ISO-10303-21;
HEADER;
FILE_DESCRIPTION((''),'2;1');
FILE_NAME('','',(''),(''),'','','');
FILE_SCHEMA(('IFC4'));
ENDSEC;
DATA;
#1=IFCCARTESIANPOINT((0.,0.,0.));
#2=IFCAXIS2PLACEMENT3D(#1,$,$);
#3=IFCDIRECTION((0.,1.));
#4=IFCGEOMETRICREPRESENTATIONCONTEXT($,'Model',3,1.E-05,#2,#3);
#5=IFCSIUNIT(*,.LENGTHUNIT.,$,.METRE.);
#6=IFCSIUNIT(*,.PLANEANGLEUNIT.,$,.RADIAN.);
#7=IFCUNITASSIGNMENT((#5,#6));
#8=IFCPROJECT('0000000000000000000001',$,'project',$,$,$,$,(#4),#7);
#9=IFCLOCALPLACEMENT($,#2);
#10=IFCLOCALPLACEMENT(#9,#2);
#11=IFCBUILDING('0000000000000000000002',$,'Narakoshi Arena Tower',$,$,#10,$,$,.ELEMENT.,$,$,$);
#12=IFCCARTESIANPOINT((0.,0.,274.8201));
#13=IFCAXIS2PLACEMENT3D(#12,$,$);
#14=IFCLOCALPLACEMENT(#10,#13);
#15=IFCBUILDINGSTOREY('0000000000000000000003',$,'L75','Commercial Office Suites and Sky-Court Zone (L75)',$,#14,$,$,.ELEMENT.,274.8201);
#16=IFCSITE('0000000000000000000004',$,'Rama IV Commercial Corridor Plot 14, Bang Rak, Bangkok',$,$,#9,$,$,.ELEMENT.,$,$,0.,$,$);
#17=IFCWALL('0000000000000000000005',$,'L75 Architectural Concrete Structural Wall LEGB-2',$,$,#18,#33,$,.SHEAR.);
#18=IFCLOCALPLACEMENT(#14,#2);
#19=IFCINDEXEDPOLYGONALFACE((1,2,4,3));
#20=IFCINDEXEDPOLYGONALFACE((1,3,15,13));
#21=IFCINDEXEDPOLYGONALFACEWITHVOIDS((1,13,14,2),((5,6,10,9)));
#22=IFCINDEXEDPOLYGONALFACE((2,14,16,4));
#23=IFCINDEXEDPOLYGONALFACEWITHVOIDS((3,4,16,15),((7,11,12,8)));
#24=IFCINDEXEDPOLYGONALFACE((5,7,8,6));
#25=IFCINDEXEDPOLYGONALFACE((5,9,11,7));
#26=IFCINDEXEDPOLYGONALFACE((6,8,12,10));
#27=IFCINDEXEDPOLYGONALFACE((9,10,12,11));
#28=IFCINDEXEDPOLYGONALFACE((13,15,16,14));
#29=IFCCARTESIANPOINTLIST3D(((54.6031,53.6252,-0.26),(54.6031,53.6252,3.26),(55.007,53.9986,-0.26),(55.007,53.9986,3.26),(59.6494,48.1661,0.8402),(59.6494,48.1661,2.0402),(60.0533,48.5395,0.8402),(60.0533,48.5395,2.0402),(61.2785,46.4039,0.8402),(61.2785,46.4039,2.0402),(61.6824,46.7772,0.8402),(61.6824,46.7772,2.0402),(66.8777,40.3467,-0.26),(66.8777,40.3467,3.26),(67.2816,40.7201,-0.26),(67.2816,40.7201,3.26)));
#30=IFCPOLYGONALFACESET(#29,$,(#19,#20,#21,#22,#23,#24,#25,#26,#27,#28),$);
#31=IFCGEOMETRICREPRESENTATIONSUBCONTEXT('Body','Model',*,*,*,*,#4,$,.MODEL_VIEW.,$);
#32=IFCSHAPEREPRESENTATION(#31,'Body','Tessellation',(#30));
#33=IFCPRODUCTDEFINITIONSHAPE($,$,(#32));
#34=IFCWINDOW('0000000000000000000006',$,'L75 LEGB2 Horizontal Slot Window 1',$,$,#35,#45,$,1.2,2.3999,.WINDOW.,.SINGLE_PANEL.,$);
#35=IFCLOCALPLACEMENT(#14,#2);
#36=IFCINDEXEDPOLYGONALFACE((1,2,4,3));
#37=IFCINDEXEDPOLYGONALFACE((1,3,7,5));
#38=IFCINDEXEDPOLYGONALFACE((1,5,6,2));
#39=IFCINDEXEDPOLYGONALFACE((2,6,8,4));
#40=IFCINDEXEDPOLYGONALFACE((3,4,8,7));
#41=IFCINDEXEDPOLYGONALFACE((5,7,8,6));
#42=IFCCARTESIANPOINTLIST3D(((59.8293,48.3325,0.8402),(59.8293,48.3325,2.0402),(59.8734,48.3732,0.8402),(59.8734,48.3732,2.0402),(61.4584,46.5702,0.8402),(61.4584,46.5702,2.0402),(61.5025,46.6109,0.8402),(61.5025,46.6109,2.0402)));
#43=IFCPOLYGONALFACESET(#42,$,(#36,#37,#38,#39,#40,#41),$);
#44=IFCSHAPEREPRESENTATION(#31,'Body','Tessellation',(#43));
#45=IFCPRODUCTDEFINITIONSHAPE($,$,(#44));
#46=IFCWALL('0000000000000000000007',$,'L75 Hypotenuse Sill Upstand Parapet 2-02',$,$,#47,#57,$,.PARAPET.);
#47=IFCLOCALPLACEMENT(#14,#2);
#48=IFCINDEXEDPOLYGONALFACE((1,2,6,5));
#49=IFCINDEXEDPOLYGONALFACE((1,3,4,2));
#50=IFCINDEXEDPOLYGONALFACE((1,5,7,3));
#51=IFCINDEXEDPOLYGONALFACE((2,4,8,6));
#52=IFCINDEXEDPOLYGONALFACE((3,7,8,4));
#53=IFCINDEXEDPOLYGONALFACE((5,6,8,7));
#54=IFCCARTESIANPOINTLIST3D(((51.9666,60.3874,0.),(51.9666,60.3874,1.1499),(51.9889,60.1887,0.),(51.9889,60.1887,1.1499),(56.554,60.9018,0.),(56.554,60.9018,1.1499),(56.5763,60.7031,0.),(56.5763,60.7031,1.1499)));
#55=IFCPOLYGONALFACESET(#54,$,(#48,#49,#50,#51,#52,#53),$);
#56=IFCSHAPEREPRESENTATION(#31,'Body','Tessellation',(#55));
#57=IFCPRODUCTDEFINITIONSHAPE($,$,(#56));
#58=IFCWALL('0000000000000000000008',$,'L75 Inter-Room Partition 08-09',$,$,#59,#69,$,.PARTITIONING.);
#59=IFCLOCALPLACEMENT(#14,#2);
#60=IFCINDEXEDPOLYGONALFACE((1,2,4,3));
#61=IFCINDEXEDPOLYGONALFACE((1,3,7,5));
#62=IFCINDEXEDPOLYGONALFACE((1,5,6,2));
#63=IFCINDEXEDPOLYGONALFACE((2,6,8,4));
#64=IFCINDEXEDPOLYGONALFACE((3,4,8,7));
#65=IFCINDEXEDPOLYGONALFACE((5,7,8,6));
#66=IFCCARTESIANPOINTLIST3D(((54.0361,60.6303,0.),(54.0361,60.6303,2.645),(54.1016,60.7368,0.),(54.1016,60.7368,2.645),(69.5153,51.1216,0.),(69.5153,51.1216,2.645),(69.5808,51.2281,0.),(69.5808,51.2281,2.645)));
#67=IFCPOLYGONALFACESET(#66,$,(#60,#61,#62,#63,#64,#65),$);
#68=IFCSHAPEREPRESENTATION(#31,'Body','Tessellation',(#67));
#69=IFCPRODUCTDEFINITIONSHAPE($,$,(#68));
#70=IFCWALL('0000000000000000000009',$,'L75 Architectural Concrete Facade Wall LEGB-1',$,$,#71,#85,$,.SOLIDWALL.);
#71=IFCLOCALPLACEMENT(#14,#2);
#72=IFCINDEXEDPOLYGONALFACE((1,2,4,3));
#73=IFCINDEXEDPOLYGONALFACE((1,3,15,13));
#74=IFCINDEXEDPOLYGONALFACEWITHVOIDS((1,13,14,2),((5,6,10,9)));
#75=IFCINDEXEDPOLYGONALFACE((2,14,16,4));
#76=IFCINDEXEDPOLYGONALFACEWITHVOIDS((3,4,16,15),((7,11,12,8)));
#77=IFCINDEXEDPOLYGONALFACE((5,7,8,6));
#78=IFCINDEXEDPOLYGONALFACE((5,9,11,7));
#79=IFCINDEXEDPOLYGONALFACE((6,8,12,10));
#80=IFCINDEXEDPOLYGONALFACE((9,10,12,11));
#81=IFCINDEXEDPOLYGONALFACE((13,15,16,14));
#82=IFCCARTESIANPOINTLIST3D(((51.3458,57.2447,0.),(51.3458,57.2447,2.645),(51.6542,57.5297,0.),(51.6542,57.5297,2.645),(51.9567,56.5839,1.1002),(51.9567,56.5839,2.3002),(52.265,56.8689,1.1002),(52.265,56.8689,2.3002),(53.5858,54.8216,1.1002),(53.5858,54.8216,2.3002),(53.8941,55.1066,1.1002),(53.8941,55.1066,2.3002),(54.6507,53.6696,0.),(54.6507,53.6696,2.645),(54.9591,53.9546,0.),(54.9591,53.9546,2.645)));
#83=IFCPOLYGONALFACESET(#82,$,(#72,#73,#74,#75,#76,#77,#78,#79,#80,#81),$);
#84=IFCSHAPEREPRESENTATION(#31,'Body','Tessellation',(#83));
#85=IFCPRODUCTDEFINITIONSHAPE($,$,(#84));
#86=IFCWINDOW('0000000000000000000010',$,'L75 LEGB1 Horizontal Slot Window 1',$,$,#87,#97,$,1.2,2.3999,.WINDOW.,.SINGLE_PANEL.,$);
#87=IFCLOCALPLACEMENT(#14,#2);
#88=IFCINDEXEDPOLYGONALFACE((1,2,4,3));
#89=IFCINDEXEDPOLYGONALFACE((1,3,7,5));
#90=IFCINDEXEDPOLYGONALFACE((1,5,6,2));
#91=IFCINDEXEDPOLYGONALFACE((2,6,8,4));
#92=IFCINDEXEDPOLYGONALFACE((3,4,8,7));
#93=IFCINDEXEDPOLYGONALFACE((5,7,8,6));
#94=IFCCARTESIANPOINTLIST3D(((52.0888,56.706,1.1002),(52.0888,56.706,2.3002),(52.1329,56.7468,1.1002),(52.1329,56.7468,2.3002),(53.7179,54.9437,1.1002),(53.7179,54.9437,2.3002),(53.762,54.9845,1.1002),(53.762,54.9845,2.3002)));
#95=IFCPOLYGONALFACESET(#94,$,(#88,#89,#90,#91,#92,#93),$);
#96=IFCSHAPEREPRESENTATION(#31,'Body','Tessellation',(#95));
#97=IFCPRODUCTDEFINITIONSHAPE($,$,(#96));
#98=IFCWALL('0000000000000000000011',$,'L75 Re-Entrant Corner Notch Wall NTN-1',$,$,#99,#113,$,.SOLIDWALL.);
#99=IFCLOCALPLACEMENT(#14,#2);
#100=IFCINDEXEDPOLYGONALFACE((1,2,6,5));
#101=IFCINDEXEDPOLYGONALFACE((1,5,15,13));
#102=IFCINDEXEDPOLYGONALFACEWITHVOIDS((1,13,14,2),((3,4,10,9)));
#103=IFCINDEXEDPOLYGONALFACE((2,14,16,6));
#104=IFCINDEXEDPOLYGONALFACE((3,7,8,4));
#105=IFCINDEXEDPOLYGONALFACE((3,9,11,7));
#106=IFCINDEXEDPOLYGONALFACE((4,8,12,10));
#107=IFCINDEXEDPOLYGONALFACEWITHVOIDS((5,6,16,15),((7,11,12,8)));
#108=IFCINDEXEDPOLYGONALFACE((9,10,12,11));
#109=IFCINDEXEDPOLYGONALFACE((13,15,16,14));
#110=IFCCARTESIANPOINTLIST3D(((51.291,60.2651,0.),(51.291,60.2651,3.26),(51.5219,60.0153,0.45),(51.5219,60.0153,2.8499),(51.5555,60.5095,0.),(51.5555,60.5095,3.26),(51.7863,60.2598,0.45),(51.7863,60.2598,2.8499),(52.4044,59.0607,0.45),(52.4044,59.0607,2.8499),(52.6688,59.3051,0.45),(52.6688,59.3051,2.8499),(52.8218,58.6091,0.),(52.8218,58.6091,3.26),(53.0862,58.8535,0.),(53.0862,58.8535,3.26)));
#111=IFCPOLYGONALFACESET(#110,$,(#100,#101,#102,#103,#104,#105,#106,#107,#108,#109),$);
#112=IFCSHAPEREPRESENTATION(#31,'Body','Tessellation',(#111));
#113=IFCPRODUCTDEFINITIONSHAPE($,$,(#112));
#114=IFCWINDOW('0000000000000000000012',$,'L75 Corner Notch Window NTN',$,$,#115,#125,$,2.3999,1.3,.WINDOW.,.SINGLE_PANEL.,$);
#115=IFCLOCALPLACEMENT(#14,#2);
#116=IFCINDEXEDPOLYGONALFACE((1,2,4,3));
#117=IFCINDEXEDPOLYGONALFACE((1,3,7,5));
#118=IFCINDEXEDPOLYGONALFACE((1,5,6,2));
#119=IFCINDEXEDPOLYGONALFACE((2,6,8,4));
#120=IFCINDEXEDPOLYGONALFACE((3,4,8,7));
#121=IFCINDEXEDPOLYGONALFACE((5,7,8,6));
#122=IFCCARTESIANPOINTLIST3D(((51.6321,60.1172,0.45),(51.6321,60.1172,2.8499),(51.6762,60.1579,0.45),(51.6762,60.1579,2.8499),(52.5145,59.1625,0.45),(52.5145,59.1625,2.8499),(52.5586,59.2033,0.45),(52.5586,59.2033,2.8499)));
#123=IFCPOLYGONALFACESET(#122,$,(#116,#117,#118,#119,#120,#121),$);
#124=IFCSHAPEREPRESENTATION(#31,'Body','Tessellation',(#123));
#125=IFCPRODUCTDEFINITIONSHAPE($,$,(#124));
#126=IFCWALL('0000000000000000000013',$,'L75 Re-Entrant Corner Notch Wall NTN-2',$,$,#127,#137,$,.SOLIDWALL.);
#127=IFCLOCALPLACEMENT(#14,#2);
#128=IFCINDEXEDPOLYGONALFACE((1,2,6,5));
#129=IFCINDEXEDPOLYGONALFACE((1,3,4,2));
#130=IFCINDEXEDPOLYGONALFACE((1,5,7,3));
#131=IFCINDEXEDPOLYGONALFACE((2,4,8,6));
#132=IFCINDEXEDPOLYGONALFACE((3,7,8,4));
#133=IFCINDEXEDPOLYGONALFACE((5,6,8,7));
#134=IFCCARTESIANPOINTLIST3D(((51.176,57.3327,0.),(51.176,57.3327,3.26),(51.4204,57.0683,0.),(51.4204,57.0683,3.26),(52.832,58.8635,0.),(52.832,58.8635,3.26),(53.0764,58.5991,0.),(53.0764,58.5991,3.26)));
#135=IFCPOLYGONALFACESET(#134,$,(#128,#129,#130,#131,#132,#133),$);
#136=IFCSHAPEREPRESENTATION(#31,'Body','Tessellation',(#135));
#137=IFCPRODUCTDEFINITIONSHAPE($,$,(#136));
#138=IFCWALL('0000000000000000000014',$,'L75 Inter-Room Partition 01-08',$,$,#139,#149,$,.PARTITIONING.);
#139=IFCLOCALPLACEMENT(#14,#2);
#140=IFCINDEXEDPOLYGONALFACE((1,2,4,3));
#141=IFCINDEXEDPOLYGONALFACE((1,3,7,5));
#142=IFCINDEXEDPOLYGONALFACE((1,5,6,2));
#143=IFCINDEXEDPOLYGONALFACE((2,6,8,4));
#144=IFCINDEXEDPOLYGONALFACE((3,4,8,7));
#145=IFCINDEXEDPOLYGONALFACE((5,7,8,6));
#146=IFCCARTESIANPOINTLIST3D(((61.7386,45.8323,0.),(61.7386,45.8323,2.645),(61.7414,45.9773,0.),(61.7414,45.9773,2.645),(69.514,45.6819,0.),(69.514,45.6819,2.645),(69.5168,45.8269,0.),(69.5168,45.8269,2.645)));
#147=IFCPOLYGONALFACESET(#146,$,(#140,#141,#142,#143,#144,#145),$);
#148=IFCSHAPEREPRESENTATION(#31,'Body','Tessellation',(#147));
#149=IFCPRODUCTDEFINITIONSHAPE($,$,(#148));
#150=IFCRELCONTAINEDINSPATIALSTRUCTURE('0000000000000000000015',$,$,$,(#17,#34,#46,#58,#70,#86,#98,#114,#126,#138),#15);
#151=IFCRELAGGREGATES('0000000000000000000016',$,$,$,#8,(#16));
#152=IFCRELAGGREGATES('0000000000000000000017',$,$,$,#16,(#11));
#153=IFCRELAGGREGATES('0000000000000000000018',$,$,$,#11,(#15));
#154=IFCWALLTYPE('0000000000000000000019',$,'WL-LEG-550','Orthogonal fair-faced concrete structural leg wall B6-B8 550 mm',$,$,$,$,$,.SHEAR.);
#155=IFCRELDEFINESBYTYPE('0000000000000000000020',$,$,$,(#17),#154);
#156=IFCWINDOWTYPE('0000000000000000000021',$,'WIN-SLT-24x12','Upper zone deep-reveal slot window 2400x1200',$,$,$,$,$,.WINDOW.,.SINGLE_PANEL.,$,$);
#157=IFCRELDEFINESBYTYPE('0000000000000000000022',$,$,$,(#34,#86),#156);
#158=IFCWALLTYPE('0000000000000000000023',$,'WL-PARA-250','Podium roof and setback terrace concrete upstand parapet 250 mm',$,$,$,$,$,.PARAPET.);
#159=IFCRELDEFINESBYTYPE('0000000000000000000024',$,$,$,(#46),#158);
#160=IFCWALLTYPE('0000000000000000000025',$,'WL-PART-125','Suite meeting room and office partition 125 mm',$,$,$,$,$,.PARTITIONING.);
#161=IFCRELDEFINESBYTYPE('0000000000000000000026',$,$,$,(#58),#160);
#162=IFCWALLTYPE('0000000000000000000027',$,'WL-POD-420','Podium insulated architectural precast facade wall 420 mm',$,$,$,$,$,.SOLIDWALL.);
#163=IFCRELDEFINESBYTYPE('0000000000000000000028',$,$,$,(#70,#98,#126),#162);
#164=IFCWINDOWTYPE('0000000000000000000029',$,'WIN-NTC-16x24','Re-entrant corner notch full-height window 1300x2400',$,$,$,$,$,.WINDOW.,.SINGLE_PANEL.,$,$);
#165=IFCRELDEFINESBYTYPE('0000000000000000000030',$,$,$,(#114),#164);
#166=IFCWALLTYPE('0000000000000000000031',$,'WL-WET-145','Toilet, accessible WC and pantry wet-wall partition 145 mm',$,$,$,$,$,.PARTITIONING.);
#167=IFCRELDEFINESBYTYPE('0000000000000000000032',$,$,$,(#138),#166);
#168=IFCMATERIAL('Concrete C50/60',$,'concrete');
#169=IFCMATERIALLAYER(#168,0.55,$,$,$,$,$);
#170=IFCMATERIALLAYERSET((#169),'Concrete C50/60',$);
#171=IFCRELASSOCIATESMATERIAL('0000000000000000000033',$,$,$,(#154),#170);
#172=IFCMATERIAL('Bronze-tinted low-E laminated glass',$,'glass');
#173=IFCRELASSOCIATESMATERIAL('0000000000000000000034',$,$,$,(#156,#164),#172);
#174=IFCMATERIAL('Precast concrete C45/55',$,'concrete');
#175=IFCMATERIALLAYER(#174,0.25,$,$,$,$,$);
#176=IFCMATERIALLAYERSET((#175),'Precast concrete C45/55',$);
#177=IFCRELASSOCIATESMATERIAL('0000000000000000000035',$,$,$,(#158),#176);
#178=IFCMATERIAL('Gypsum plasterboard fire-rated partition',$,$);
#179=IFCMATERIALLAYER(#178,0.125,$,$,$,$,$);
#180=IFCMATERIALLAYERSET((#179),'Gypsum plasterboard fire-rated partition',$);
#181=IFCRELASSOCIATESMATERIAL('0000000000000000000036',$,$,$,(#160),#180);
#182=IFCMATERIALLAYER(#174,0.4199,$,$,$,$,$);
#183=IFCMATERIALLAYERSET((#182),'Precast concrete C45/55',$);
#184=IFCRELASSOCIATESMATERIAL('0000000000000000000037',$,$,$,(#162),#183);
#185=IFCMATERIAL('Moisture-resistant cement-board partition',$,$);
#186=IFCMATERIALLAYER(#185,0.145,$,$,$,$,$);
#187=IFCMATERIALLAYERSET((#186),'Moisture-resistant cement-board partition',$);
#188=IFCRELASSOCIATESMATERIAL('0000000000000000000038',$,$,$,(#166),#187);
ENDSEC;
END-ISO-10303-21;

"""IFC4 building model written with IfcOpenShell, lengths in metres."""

from ifc_helpers import new_model, si_unit, direction, frame, frame_2d, origin, place, context, subcontext, project, spatial, rectangle, extrude, material, layer, layer_set, type_object, element, fill, save


model = new_model("IFC4")

# Units and contexts
model_context = context("Model", 3, precision=1e-05, world=origin(), true_north=direction((0.0, 1.0)))
body_context = subcontext(model_context, "Body", "Model", "MODEL_VIEW")
ifc_project = project(units=[si_unit("LENGTHUNIT", "METRE"), si_unit("PLANEANGLEUNIT", "RADIAN")], contexts=[model_context])

# Site, building, storey
site_placement = place(None, origin())
site = spatial("IfcSite", under=ifc_project, at=site_placement, Name="Rama IV Commercial Corridor Plot 14, Bang Rak, Bangkok", CompositionType="ELEMENT", RefElevation=0.0)
building_placement = place(site_placement, origin())
building = spatial("IfcBuilding", under=site, at=building_placement, Name="Narakoshi Arena Tower", CompositionType="ELEMENT")
storey_placement = place(building_placement, frame((0.0, 0.0, 274.8201)))
storey = spatial("IfcBuildingStorey", under=building, at=storey_placement, Name="L75", Description="Commercial Office Suites and Sky-Court Zone (L75)", CompositionType="ELEMENT", Elevation=274.8201)

# Shared definitions
ifc_material_1 = material(Name="Concrete C50/60", Category="concrete")

# Shared definitions
ifc_material_2 = material(Name="Bronze-tinted low-E laminated glass", Category="glass")

# Wall, opening, window
ifc_layer_1 = layer(ifc_material_1, 0.55)
ifc_layer_set_1 = layer_set([ifc_layer_1], Name="Concrete C50/60")
wall_type_1 = type_object("IfcWallType", Name="WL-LEG-550", Description="Orthogonal fair-faced concrete structural leg wall B6-B8 550 mm", PredefinedType="SHEAR", material=ifc_layer_set_1)
wall_1_placement = place(storey_placement, frame((54.8049, 53.812, -0.26), z_axis=(0.0, 0.0, 1.0), x_axis=(0.678803, -0.73432, 0.0)))
wall_1 = element("IfcWall", 1, at=wall_1_placement, inside=storey, type_object=wall_type_1, Name="L75 Architectural Concrete Structural Wall LEGB-2", PredefinedType="SHEAR", context=body_context, shape_type="SweptSolid", body=[
    extrude(rectangle(XDim=18.0828, YDim=0.55, at=frame_2d((9.0415, 0.0))), origin(), (0.0, 0.0, 1.0), 3.52),
])
opening_1_placement = place(wall_1_placement, frame((7.4343, 0.0, 1.1001)))
opening_1 = element("IfcOpeningElement", 2, at=opening_1_placement, cuts=wall_1, PredefinedType="OPENING", context=body_context, shape_type="SweptSolid", body=[
    extrude(rectangle(XDim=2.3999, YDim=1.2, at=frame_2d((1.2, 0.6001))), frame((0.0, 0.2849, 0.0), z_axis=(0.0, -1.0, 0.0), x_axis=(1.0, 0.0, 0.0)), (0.0, 0.0, 1.0), 0.5701),
])
window_type_1 = type_object("IfcWindowType", Name="WIN-SLT-24x12", Description="Upper zone deep-reveal slot window 2400x1200", PartitioningType="SINGLE_PANEL", PredefinedType="WINDOW", material=ifc_material_2)
window_1_placement = place(opening_1_placement, origin())
window_1 = element("IfcWindow", 3, at=window_1_placement, inside=storey, type_object=window_type_1, Name="L75 LEGB2 Horizontal Slot Window 1", OverallHeight=1.2, OverallWidth=2.3999, PartitioningType="SINGLE_PANEL", PredefinedType="WINDOW", context=body_context, shape_type="SweptSolid", body=[
    extrude(rectangle(XDim=2.3999, YDim=1.2, at=frame_2d((1.2, 0.6001))), frame((0.0, 0.03, 0.0), z_axis=(0.0, -1.0, 0.0), x_axis=(1.0, 0.0, 0.0)), (0.0, 0.0, 1.0), 0.0601),
])
fill(opening_1, window_1)

# Walls
ifc_material_3 = material(Name="Precast concrete C45/55", Category="concrete")
ifc_layer_2 = layer(ifc_material_3, 0.25)
ifc_layer_set_2 = layer_set([ifc_layer_2], Name="Precast concrete C45/55")
wall_type_2 = type_object("IfcWallType", Name="WL-PARA-250", Description="Podium roof and setback terrace concrete upstand parapet 250 mm", PredefinedType="PARAPET", material=ifc_layer_set_2)
wall_2_placement = place(storey_placement, frame((56.5652, 60.8025, 0.0), z_axis=(0.0, 0.0, 1.0), x_axis=(-0.993772, -0.111436, 0.0)))
element("IfcWall", 4, at=wall_2_placement, inside=storey, type_object=wall_type_2, Name="L75 Hypotenuse Sill Upstand Parapet 2-02", PredefinedType="PARAPET", context=body_context, shape_type="SweptSolid", body=[
    extrude(rectangle(XDim=4.6162, YDim=0.2, at=frame_2d((2.3081, 0.0))), origin(), (0.0, 0.0, 1.0), 1.1499),
])
ifc_material_4 = material(Name="Gypsum plasterboard fire-rated partition")
ifc_layer_3 = layer(ifc_material_4, 0.125)
ifc_layer_set_3 = layer_set([ifc_layer_3], Name="Gypsum plasterboard fire-rated partition")
wall_type_3 = type_object("IfcWallType", Name="WL-PART-125", Description="Suite meeting room and office partition 125 mm", PredefinedType="PARTITIONING", material=ifc_layer_set_3)
wall_3_placement = place(storey_placement, frame((54.0688, 60.6836, 0.0), z_axis=(0.0, 0.0, 1.0), x_axis=(0.852073, -0.523422, 0.0)))
element("IfcWall", 5, at=wall_3_placement, inside=storey, type_object=wall_type_3, Name="L75 Inter-Room Partition 08-09", PredefinedType="PARTITIONING", context=body_context, shape_type="SweptSolid", body=[
    extrude(rectangle(XDim=18.1665, YDim=0.125, at=frame_2d((9.0833, 0.0))), origin(), (0.0, 0.0, 1.0), 2.645),
])

# Walls, openings, windows
ifc_layer_4 = layer(ifc_material_3, 0.4199)
ifc_layer_set_4 = layer_set([ifc_layer_4], Name="Precast concrete C45/55")
wall_type_4 = type_object("IfcWallType", Name="WL-POD-420", Description="Podium insulated architectural precast facade wall 420 mm", PredefinedType="SOLIDWALL", material=ifc_layer_set_4)
wall_4_placement = place(storey_placement, frame((51.5, 57.3872, 0.0), z_axis=(0.0, 0.0, 1.0), x_axis=(0.678807, -0.734317, 0.0)))
wall_4 = element("IfcWall", 6, at=wall_4_placement, inside=storey, type_object=wall_type_4, Name="L75 Architectural Concrete Facade Wall LEGB-1", PredefinedType="SOLIDWALL", context=body_context, shape_type="SweptSolid", body=[
    extrude(rectangle(XDim=4.8687, YDim=0.4199, at=frame_2d((2.4343, 0.0))), origin(), (0.0, 0.0, 1.0), 2.645),
])
opening_2_placement = place(wall_4_placement, frame((0.8999, 0.0, 1.1001)))
opening_2 = element("IfcOpeningElement", 7, at=opening_2_placement, cuts=wall_4, PredefinedType="OPENING", context=body_context, shape_type="SweptSolid", body=[
    extrude(rectangle(XDim=2.3999, YDim=1.2, at=frame_2d((1.2, 0.6001))), frame((0.0, 0.22, 0.0), z_axis=(0.0, -1.0, 0.0), x_axis=(1.0, 0.0, 0.0)), (0.0, 0.0, 1.0), 0.4399),
])
window_2_placement = place(opening_2_placement, origin())
window_2 = element("IfcWindow", 8, at=window_2_placement, inside=storey, type_object=window_type_1, Name="L75 LEGB1 Horizontal Slot Window 1", OverallHeight=1.2, OverallWidth=2.3999, PartitioningType="SINGLE_PANEL", PredefinedType="WINDOW", context=body_context, shape_type="SweptSolid", body=[
    extrude(rectangle(XDim=2.3999, YDim=1.2, at=frame_2d((1.2, 0.6001))), frame((0.0, 0.03, 0.0), z_axis=(0.0, -1.0, 0.0), x_axis=(1.0, 0.0, 0.0)), (0.0, 0.0, 1.0), 0.0601),
])
fill(opening_2, window_2)
wall_5_placement = place(storey_placement, frame((51.4233, 60.3872, 0.0), z_axis=(0.0, 0.0, 1.0), x_axis=(0.678793, -0.73433, 0.0)))
wall_5 = element("IfcWall", 9, at=wall_5_placement, inside=storey, type_object=wall_type_4, Name="L75 Re-Entrant Corner Notch Wall NTN-1", PredefinedType="SOLIDWALL", context=body_context, shape_type="SweptSolid", body=[
    extrude(rectangle(XDim=2.2551, YDim=0.3601, at=frame_2d((1.1274, 0.0))), origin(), (0.0, 0.0, 1.0), 3.26),
])
opening_3_placement = place(wall_5_placement, frame((0.3401, 0.0, 0.45)))
opening_3 = element("IfcOpeningElement", 10, at=opening_3_placement, cuts=wall_5, PredefinedType="OPENING", context=body_context, shape_type="SweptSolid", body=[
    extrude(rectangle(XDim=1.3, YDim=2.3999, at=frame_2d((0.6499, 1.2))), frame((0.0, 0.1899, 0.0), z_axis=(0.0, -1.0, 0.0), x_axis=(1.0, 0.0, 0.0)), (0.0, 0.0, 1.0), 0.3801),
])
window_type_2 = type_object("IfcWindowType", Name="WIN-NTC-16x24", Description="Re-entrant corner notch full-height window 1300x2400", PartitioningType="SINGLE_PANEL", PredefinedType="WINDOW", material=ifc_material_2)
window_3_placement = place(opening_3_placement, origin())
window_3 = element("IfcWindow", 11, at=window_3_placement, inside=storey, type_object=window_type_2, Name="L75 Corner Notch Window NTN", OverallHeight=2.3999, OverallWidth=1.3, PartitioningType="SINGLE_PANEL", PredefinedType="WINDOW", context=body_context, shape_type="SweptSolid", body=[
    extrude(rectangle(XDim=1.3, YDim=2.3999, at=frame_2d((0.6499, 1.2))), frame((0.0, 0.03, 0.0), z_axis=(0.0, -1.0, 0.0), x_axis=(1.0, 0.0, 0.0)), (0.0, 0.0, 1.0), 0.0601),
])
fill(opening_3, window_3)

# Walls
wall_6_placement = place(storey_placement, frame((52.9541, 58.7312, 0.0), z_axis=(0.0, 0.0, 1.0), x_axis=(-0.73433, -0.678793, 0.0)))
element("IfcWall", 12, at=wall_6_placement, inside=storey, type_object=wall_type_4, Name="L75 Re-Entrant Corner Notch Wall NTN-2", PredefinedType="SOLIDWALL", context=body_context, shape_type="SweptSolid", body=[
    extrude(rectangle(XDim=2.2551, YDim=0.3601, at=frame_2d((1.1274, 0.0))), origin(), (0.0, 0.0, 1.0), 3.26),
])
ifc_material_5 = material(Name="Moisture-resistant cement-board partition")
ifc_layer_5 = layer(ifc_material_5, 0.145)
ifc_layer_set_5 = layer_set([ifc_layer_5], Name="Moisture-resistant cement-board partition")
wall_type_5 = type_object("IfcWallType", Name="WL-WET-145", Description="Toilet, accessible WC and pantry wet-wall partition 145 mm", PredefinedType="PARTITIONING", material=ifc_layer_set_5)
wall_7_placement = place(storey_placement, frame((61.74, 45.9048, 0.0), z_axis=(0.0, 0.0, 1.0), x_axis=(0.999813, -0.019338, 0.0)))
element("IfcWall", 13, at=wall_7_placement, inside=storey, type_object=wall_type_5, Name="L75 Inter-Room Partition 01-08", PredefinedType="PARTITIONING", context=body_context, shape_type="SweptSolid", body=[
    extrude(rectangle(XDim=7.7769, YDim=0.145, at=frame_2d((3.8884, 0.0))), origin(), (0.0, 0.0, 1.0), 2.645),
])

save(model, "model.ifc")
